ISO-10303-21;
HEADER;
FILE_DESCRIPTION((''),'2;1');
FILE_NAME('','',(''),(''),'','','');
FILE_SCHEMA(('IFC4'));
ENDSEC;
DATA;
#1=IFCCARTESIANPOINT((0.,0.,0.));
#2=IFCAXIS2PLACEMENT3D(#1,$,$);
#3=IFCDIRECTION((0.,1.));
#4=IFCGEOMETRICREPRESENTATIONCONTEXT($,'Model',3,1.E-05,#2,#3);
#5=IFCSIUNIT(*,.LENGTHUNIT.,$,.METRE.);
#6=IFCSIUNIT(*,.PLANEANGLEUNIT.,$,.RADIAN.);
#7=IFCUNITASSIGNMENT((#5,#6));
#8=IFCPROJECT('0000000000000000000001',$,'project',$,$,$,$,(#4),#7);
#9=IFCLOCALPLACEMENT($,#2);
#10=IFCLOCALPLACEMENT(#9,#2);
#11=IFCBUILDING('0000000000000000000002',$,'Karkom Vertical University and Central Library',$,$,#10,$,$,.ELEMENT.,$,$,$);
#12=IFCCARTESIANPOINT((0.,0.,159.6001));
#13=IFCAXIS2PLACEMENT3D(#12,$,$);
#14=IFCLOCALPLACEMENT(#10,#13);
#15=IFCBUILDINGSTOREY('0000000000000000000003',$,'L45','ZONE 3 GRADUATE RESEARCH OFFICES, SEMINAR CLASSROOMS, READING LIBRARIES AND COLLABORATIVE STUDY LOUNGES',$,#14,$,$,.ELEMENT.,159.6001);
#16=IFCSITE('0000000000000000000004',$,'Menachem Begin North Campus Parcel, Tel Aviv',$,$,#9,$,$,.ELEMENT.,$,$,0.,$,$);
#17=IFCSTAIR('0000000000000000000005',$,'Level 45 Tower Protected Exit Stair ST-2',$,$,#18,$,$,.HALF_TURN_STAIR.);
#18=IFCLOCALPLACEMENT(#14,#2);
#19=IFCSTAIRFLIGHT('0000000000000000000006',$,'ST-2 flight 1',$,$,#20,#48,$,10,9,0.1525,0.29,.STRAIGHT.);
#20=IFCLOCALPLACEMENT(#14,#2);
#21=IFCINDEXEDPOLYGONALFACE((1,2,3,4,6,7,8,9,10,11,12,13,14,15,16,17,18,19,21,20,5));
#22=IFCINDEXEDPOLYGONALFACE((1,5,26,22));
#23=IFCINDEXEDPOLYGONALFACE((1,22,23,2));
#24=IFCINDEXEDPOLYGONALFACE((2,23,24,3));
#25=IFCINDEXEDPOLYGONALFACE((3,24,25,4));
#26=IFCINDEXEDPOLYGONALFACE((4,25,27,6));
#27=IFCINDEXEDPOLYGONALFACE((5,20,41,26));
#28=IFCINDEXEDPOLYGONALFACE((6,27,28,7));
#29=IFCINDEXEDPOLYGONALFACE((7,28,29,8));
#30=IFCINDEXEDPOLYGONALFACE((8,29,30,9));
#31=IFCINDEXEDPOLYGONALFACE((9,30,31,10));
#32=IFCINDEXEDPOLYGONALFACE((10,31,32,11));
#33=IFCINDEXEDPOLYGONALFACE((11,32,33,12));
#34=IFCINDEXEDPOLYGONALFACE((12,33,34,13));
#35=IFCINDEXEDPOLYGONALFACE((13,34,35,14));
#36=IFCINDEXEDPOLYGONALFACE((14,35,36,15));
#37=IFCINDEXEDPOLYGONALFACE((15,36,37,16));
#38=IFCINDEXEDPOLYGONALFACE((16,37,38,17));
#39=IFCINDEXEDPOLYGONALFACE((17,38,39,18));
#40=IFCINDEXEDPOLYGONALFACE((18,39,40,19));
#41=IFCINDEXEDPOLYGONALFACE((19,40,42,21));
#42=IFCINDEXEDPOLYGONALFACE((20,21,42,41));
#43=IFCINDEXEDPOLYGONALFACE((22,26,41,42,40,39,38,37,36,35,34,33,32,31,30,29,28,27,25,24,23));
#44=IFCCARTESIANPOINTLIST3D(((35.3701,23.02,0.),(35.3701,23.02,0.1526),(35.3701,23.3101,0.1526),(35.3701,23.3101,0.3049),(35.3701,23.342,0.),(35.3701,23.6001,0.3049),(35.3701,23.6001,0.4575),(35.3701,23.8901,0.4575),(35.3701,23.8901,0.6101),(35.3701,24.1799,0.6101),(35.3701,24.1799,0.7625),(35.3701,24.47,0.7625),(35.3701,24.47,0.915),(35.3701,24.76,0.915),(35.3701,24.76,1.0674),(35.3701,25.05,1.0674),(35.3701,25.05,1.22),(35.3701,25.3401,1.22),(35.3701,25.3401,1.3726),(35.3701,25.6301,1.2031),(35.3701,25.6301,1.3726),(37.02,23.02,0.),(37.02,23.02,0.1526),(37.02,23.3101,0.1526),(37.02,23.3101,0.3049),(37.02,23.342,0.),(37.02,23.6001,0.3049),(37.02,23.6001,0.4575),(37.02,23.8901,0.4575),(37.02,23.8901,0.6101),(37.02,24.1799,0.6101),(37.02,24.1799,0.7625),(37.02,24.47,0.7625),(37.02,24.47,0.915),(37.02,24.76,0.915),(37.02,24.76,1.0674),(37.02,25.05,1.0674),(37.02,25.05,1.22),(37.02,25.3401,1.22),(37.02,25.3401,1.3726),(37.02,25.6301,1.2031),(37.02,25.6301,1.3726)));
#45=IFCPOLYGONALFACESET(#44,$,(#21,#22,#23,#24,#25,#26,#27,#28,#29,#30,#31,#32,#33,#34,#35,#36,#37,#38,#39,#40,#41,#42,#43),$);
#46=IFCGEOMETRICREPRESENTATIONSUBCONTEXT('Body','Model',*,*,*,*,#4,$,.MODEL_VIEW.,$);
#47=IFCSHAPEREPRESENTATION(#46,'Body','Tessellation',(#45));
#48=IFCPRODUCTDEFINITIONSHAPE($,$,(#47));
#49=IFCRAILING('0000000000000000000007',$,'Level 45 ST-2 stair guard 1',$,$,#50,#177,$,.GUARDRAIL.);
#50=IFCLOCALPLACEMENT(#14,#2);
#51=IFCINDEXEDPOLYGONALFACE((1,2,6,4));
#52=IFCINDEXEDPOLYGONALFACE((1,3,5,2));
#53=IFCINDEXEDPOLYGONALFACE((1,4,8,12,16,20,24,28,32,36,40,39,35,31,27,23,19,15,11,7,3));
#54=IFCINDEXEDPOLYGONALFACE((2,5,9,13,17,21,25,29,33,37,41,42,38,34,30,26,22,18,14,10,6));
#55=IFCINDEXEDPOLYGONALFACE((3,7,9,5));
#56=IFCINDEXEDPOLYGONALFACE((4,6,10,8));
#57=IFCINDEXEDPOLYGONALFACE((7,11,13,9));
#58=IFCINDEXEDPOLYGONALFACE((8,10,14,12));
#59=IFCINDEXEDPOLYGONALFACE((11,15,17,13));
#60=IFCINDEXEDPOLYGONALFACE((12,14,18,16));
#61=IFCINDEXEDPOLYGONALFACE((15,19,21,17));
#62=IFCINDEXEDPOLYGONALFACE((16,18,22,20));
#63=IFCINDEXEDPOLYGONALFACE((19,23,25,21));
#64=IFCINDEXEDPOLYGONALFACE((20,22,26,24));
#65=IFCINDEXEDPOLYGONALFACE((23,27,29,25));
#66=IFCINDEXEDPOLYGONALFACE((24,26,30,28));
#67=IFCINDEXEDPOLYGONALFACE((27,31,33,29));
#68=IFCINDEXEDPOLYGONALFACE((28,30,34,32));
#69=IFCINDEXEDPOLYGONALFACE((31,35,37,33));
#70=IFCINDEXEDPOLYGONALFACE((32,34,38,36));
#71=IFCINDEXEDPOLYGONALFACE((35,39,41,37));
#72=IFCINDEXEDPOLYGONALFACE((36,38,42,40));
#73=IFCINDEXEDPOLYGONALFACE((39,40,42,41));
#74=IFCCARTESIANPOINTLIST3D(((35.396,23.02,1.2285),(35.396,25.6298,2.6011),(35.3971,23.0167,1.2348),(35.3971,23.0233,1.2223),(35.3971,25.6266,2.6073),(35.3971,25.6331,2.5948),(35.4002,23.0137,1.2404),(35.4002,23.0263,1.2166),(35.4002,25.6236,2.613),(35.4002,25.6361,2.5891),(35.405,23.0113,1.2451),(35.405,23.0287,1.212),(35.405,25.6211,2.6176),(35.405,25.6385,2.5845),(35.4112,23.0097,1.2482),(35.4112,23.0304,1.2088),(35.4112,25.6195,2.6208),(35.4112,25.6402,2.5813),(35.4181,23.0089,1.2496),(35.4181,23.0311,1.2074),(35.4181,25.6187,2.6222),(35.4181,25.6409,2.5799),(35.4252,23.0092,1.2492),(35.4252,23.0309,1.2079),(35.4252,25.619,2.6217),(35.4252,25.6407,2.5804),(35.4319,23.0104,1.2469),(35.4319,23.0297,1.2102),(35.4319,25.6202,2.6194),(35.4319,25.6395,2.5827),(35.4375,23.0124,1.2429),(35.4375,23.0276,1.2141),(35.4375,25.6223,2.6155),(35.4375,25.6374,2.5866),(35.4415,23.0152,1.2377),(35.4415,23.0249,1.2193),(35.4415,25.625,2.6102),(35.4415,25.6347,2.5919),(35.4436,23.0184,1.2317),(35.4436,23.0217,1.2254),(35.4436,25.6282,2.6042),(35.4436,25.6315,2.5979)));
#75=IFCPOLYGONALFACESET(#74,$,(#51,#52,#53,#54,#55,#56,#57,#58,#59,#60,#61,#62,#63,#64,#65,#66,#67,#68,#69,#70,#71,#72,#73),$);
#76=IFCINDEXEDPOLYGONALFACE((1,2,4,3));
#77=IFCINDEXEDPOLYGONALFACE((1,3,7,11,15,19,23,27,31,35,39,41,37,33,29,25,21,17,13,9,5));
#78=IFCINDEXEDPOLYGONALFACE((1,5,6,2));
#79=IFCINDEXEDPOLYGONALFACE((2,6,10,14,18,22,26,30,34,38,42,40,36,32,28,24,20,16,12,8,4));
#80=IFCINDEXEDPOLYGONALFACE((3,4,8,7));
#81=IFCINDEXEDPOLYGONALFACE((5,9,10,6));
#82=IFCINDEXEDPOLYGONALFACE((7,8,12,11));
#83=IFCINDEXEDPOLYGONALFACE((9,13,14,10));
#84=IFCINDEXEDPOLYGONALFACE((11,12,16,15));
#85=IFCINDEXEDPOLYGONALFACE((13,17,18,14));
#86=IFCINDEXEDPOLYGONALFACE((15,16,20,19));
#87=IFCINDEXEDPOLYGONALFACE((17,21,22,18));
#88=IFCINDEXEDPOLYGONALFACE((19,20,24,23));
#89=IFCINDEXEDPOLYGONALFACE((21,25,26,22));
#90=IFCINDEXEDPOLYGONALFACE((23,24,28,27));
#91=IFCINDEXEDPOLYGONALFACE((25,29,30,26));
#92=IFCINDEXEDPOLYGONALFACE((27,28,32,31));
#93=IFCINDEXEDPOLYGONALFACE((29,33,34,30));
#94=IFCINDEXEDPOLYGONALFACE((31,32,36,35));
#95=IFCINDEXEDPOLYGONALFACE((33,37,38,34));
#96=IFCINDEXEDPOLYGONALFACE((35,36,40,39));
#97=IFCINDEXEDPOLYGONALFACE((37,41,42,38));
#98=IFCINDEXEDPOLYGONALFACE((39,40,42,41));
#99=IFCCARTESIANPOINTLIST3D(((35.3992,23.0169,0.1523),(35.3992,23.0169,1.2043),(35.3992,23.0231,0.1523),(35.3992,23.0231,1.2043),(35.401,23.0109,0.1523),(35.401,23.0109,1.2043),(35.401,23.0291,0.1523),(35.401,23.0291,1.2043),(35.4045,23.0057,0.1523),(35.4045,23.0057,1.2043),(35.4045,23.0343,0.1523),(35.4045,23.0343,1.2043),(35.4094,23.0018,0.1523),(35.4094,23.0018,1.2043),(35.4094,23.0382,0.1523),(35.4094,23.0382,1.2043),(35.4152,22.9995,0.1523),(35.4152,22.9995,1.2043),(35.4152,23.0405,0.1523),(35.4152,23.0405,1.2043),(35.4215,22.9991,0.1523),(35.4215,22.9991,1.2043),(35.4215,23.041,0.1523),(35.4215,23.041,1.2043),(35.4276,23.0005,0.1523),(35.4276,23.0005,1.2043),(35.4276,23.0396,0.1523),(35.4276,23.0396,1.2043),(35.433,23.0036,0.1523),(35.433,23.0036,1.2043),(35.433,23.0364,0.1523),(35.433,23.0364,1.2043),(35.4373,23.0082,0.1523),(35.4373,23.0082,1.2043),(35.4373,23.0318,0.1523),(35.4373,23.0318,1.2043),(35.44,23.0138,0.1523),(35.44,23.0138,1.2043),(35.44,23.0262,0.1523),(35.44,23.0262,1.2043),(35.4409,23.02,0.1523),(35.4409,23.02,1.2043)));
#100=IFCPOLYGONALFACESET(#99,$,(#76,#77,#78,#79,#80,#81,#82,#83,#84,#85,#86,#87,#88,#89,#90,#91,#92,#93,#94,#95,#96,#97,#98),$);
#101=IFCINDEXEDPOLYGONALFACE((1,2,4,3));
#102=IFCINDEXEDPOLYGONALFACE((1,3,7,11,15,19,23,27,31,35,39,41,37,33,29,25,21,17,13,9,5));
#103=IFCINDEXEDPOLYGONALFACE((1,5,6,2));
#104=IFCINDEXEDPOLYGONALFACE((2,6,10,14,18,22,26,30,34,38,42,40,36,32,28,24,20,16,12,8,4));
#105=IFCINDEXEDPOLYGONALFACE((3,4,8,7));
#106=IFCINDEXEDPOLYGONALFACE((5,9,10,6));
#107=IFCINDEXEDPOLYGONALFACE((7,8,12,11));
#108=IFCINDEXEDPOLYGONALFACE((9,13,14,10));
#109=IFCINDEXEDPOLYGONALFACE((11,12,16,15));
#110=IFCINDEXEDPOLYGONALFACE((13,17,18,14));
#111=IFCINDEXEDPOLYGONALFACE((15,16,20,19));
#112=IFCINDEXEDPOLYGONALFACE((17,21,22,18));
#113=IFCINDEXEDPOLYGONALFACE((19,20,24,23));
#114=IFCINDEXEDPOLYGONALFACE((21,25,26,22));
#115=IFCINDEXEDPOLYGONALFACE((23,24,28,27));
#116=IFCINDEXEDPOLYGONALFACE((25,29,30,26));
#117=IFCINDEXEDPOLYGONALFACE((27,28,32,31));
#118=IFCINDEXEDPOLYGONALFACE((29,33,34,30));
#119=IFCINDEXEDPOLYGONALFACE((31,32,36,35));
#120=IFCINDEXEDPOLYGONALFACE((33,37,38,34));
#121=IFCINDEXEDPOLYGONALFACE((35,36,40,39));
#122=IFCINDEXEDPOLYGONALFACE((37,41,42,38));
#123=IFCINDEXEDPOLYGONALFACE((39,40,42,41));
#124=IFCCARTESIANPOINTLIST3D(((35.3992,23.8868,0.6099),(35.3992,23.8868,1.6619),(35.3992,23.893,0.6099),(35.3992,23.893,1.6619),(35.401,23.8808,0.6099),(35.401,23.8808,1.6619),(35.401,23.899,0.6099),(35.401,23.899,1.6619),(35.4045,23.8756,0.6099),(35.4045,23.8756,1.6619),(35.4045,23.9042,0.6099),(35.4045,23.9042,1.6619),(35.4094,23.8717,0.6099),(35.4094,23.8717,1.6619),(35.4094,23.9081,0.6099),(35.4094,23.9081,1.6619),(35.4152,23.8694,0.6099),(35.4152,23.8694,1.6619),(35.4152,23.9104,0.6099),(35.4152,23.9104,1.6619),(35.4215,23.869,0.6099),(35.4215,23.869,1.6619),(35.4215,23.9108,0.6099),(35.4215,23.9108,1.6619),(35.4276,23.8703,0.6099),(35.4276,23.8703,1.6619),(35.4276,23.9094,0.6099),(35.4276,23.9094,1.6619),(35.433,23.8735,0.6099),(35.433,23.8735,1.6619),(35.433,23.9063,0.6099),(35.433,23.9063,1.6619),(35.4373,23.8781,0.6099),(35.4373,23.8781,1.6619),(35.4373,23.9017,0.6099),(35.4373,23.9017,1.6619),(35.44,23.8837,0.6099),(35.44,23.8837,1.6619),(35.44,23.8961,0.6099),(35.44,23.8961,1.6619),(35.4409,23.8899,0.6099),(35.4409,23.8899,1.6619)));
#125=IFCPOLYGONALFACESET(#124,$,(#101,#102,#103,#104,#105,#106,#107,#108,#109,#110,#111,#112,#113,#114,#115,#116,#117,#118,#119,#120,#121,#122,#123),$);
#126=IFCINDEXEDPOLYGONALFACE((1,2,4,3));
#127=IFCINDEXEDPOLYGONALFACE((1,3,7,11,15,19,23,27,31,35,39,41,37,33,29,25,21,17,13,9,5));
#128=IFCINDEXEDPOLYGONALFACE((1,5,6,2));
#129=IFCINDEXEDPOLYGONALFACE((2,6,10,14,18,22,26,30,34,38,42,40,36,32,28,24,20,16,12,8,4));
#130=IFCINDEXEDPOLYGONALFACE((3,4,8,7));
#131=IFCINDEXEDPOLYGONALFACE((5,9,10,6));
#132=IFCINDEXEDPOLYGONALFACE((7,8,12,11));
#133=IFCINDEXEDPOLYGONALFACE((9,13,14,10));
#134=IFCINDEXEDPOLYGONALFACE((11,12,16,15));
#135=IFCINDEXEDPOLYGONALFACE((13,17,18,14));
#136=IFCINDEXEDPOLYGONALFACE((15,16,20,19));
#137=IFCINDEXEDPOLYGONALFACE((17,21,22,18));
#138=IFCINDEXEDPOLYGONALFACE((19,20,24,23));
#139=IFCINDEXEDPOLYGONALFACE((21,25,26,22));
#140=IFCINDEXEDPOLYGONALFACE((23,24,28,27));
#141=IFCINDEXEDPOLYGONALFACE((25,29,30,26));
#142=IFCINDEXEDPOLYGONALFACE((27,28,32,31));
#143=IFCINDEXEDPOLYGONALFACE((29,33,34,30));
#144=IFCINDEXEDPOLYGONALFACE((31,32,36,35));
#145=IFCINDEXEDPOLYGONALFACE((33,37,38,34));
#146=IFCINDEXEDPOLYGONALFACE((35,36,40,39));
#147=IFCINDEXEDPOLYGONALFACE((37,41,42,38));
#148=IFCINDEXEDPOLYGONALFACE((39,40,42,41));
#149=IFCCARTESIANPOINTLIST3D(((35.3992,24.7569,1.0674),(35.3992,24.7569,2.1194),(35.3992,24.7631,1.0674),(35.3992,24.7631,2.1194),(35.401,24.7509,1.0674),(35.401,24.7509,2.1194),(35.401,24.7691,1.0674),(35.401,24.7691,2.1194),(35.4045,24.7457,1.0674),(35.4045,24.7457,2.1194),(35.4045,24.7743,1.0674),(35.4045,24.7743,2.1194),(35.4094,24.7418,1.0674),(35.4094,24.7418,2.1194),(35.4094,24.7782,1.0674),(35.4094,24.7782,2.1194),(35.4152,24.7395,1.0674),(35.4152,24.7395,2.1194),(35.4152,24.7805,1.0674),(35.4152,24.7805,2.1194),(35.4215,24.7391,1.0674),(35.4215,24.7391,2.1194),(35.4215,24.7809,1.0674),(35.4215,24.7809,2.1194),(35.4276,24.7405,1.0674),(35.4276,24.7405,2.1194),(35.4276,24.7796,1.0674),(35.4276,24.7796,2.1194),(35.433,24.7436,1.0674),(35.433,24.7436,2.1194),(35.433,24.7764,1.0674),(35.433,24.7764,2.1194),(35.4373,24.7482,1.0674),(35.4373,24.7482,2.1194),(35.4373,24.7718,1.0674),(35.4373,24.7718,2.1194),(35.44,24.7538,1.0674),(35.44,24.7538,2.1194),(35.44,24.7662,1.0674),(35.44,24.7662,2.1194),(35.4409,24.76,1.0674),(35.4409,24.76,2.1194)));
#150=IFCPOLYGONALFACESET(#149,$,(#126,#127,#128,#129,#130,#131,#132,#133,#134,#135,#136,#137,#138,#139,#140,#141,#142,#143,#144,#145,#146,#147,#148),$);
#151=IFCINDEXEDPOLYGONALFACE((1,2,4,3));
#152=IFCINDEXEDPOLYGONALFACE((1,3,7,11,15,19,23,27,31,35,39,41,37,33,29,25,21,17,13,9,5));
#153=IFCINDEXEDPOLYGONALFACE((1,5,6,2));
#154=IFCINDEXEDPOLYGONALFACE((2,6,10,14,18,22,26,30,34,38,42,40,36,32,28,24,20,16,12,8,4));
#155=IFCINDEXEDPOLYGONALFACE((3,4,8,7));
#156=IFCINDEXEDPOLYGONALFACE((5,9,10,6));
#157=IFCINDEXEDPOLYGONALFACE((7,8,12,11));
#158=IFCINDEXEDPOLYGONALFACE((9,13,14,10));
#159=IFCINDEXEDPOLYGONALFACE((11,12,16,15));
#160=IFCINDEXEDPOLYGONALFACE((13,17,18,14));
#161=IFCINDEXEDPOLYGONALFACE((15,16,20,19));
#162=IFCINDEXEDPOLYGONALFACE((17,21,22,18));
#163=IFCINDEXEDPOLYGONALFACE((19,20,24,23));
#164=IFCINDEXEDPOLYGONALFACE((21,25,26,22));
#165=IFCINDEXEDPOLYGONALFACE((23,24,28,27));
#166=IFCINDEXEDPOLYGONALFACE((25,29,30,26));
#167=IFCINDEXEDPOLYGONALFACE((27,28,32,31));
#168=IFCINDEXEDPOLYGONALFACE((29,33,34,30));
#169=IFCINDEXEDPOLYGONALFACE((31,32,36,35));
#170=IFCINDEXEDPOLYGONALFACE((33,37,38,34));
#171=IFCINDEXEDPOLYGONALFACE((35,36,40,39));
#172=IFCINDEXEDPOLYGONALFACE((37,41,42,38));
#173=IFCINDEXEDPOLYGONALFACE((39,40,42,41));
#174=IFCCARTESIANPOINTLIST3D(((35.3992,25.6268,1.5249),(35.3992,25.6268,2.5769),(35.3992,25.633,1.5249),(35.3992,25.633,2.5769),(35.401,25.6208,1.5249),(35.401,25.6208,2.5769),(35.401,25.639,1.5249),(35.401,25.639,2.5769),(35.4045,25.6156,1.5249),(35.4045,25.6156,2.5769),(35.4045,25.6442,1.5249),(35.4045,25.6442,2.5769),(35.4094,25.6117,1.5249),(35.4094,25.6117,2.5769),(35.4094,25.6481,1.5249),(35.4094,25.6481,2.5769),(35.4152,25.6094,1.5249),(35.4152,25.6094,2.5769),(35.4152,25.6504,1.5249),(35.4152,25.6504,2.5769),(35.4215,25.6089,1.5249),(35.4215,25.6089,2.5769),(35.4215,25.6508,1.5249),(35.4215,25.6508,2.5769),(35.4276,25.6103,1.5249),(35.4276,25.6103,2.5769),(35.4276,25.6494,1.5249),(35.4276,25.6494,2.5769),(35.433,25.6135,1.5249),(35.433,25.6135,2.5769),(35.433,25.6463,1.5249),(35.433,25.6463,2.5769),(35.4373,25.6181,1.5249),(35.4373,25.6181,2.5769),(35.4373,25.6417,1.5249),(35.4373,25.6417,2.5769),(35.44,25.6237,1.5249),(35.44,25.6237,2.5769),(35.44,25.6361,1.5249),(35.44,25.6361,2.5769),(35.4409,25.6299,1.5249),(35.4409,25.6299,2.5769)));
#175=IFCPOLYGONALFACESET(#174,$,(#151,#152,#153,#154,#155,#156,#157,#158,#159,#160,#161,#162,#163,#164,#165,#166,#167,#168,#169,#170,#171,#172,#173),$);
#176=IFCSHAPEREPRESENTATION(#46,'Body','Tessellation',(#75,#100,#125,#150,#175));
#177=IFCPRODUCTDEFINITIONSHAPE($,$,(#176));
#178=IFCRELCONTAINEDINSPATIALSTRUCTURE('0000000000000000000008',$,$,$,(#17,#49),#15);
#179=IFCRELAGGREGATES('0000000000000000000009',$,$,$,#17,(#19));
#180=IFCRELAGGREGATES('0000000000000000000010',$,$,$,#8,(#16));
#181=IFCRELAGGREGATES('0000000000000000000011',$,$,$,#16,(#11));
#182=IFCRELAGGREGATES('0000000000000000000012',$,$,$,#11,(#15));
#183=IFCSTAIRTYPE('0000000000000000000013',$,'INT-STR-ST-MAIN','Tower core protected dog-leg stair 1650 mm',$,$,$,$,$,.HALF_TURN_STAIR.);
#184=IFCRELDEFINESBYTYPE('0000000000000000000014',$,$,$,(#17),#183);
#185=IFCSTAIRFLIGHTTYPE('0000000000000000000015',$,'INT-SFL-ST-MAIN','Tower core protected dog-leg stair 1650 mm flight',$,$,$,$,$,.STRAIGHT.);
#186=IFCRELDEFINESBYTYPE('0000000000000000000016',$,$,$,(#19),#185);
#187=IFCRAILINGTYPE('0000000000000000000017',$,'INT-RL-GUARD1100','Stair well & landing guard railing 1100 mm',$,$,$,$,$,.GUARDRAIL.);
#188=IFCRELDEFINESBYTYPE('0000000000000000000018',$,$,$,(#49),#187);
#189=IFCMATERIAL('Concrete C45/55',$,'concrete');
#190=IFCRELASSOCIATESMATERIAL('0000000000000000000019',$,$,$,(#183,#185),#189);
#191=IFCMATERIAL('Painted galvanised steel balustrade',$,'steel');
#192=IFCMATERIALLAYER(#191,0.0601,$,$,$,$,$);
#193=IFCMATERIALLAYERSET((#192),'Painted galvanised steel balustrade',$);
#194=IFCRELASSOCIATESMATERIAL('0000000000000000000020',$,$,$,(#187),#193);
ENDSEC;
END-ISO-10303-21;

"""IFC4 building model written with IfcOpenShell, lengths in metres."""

from ifc_helpers import new_model, si_unit, direction, frame, origin, origin_2d, place, context, subcontext, project, spatial, polyline, circle, outline, extrude, material, layer, layer_set, type_object, element, aggregate, save


model = new_model("IFC4")

# Units and contexts
model_context = context("Model", 3, precision=1e-05, world=origin(), true_north=direction((0.0, 1.0)))
body_context = subcontext(model_context, "Body", "Model", "MODEL_VIEW")
ifc_project = project(units=[si_unit("LENGTHUNIT", "METRE"), si_unit("PLANEANGLEUNIT", "RADIAN")], contexts=[model_context])

# Site, building, storey
site_placement = place(None, origin())
site = spatial("IfcSite", under=ifc_project, at=site_placement, Name="Menachem Begin North Campus Parcel, Tel Aviv", CompositionType="ELEMENT", RefElevation=0.0)
building_placement = place(site_placement, origin())
building = spatial("IfcBuilding", under=site, at=building_placement, Name="Karkom Vertical University and Central Library", CompositionType="ELEMENT")
storey_placement = place(building_placement, frame((0.0, 0.0, 159.6001)))
storey = spatial("IfcBuildingStorey", under=building, at=storey_placement, Name="L45", Description="ZONE 3 GRADUATE RESEARCH OFFICES, SEMINAR CLASSROOMS, READING LIBRARIES AND COLLABORATIVE STUDY LOUNGES", CompositionType="ELEMENT", Elevation=159.6001)

# Shared definitions
ifc_material_1 = material(Name="Concrete C45/55", Category="concrete")

# Stair, stair flight
stair_type = type_object("IfcStairType", Name="INT-STR-ST-MAIN", Description="Tower core protected dog-leg stair 1650 mm", PredefinedType="HALF_TURN_STAIR", material=ifc_material_1)
stair_placement = place(storey_placement, origin())
stair = element("IfcStair", 1, at=stair_placement, inside=storey, type_object=stair_type, Name="Level 45 Tower Protected Exit Stair ST-2", PredefinedType="HALF_TURN_STAIR")
stair_flight_type = type_object("IfcStairFlightType", Name="INT-SFL-ST-MAIN", Description="Tower core protected dog-leg stair 1650 mm flight", PredefinedType="STRAIGHT", material=ifc_material_1)
stair_flight_placement = place(storey_placement, frame((36.1951, 23.02, 0.0), z_axis=(0.0, 0.0, 1.0), x_axis=(0.0, 1.0, 0.0)))
stair_flight = element("IfcStairFlight", 2, at=stair_flight_placement, type_object=stair_flight_type, Name="ST-2 flight 1", NumberOfRisers=10, NumberOfTreads=9, PredefinedType="STRAIGHT", RiserHeight=0.1525, TreadLength=0.29, context=body_context, shape_type="SweptSolid", body=[
    extrude(outline(polyline([(0.0, 0.0), (0.0, 0.1526), (0.29, 0.1526), (0.29, 0.3049), (0.5801, 0.3049), (0.5801, 0.4575), (0.8701, 0.4575), (0.8701, 0.6101), (1.1599, 0.6101), (1.1599, 0.7625), (1.45, 0.7625), (1.45, 0.915), (1.74, 0.915), (1.74, 1.0674), (2.03, 1.0674), (2.03, 1.22), (2.3201, 1.22), (2.3201, 1.3726), (2.6101, 1.3726), (2.6101, 1.5249), (2.6101, 1.2031), (0.322, 0.0), (0.0, 0.0)])), frame((0.0, 0.825, 0.0), z_axis=(0.0, -1.0, 0.0), x_axis=(1.0, 0.0, 0.0)), (0.0, 0.0, 1.0), 1.6499),
])
aggregate(stair, [stair_flight])

# Railing
ifc_material_2 = material(Name="Painted galvanised steel balustrade", Category="steel")
ifc_layer_1 = layer(ifc_material_2, 0.0601)
ifc_layer_set_1 = layer_set([ifc_layer_1], Name="Painted galvanised steel balustrade")
railing_type_1 = type_object("IfcRailingType", Name="INT-RL-GUARD1100", Description="Stair well & landing guard railing 1100 mm", PredefinedType="GUARDRAIL", material=ifc_layer_set_1)
railing_1_placement = place(storey_placement, frame((35.4199, 23.02, 0.1523)))
element("IfcRailing", 3, at=railing_1_placement, inside=storey, type_object=railing_type_1, Name="Level 45 ST-2 stair guard 1", PredefinedType="GUARDRAIL", context=body_context, shape_type="SweptSolid", body=[
    extrude(circle(Radius=0.0239, at=origin_2d()), frame((0.0, 0.0, 1.0762), z_axis=(0.0, 0.885065, 0.465467), x_axis=(-1.0, 0.0, 0.0)), (0.0, 0.0, 1.0), 2.9487),
    extrude(circle(Radius=0.021, at=origin_2d()), origin(), (0.0, 0.0, 1.0), 1.052),
    extrude(circle(Radius=0.021, at=origin_2d()), frame((0.0, 0.8699, 0.4575)), (0.0, 0.0, 1.0), 1.052),
    extrude(circle(Radius=0.021, at=origin_2d()), frame((0.0, 1.74, 0.915)), (0.0, 0.0, 1.0), 1.052),
    extrude(circle(Radius=0.021, at=origin_2d()), frame((0.0, 2.6099, 1.3726)), (0.0, 0.0, 1.0), 1.052),
])

save(model, "model.ifc")
